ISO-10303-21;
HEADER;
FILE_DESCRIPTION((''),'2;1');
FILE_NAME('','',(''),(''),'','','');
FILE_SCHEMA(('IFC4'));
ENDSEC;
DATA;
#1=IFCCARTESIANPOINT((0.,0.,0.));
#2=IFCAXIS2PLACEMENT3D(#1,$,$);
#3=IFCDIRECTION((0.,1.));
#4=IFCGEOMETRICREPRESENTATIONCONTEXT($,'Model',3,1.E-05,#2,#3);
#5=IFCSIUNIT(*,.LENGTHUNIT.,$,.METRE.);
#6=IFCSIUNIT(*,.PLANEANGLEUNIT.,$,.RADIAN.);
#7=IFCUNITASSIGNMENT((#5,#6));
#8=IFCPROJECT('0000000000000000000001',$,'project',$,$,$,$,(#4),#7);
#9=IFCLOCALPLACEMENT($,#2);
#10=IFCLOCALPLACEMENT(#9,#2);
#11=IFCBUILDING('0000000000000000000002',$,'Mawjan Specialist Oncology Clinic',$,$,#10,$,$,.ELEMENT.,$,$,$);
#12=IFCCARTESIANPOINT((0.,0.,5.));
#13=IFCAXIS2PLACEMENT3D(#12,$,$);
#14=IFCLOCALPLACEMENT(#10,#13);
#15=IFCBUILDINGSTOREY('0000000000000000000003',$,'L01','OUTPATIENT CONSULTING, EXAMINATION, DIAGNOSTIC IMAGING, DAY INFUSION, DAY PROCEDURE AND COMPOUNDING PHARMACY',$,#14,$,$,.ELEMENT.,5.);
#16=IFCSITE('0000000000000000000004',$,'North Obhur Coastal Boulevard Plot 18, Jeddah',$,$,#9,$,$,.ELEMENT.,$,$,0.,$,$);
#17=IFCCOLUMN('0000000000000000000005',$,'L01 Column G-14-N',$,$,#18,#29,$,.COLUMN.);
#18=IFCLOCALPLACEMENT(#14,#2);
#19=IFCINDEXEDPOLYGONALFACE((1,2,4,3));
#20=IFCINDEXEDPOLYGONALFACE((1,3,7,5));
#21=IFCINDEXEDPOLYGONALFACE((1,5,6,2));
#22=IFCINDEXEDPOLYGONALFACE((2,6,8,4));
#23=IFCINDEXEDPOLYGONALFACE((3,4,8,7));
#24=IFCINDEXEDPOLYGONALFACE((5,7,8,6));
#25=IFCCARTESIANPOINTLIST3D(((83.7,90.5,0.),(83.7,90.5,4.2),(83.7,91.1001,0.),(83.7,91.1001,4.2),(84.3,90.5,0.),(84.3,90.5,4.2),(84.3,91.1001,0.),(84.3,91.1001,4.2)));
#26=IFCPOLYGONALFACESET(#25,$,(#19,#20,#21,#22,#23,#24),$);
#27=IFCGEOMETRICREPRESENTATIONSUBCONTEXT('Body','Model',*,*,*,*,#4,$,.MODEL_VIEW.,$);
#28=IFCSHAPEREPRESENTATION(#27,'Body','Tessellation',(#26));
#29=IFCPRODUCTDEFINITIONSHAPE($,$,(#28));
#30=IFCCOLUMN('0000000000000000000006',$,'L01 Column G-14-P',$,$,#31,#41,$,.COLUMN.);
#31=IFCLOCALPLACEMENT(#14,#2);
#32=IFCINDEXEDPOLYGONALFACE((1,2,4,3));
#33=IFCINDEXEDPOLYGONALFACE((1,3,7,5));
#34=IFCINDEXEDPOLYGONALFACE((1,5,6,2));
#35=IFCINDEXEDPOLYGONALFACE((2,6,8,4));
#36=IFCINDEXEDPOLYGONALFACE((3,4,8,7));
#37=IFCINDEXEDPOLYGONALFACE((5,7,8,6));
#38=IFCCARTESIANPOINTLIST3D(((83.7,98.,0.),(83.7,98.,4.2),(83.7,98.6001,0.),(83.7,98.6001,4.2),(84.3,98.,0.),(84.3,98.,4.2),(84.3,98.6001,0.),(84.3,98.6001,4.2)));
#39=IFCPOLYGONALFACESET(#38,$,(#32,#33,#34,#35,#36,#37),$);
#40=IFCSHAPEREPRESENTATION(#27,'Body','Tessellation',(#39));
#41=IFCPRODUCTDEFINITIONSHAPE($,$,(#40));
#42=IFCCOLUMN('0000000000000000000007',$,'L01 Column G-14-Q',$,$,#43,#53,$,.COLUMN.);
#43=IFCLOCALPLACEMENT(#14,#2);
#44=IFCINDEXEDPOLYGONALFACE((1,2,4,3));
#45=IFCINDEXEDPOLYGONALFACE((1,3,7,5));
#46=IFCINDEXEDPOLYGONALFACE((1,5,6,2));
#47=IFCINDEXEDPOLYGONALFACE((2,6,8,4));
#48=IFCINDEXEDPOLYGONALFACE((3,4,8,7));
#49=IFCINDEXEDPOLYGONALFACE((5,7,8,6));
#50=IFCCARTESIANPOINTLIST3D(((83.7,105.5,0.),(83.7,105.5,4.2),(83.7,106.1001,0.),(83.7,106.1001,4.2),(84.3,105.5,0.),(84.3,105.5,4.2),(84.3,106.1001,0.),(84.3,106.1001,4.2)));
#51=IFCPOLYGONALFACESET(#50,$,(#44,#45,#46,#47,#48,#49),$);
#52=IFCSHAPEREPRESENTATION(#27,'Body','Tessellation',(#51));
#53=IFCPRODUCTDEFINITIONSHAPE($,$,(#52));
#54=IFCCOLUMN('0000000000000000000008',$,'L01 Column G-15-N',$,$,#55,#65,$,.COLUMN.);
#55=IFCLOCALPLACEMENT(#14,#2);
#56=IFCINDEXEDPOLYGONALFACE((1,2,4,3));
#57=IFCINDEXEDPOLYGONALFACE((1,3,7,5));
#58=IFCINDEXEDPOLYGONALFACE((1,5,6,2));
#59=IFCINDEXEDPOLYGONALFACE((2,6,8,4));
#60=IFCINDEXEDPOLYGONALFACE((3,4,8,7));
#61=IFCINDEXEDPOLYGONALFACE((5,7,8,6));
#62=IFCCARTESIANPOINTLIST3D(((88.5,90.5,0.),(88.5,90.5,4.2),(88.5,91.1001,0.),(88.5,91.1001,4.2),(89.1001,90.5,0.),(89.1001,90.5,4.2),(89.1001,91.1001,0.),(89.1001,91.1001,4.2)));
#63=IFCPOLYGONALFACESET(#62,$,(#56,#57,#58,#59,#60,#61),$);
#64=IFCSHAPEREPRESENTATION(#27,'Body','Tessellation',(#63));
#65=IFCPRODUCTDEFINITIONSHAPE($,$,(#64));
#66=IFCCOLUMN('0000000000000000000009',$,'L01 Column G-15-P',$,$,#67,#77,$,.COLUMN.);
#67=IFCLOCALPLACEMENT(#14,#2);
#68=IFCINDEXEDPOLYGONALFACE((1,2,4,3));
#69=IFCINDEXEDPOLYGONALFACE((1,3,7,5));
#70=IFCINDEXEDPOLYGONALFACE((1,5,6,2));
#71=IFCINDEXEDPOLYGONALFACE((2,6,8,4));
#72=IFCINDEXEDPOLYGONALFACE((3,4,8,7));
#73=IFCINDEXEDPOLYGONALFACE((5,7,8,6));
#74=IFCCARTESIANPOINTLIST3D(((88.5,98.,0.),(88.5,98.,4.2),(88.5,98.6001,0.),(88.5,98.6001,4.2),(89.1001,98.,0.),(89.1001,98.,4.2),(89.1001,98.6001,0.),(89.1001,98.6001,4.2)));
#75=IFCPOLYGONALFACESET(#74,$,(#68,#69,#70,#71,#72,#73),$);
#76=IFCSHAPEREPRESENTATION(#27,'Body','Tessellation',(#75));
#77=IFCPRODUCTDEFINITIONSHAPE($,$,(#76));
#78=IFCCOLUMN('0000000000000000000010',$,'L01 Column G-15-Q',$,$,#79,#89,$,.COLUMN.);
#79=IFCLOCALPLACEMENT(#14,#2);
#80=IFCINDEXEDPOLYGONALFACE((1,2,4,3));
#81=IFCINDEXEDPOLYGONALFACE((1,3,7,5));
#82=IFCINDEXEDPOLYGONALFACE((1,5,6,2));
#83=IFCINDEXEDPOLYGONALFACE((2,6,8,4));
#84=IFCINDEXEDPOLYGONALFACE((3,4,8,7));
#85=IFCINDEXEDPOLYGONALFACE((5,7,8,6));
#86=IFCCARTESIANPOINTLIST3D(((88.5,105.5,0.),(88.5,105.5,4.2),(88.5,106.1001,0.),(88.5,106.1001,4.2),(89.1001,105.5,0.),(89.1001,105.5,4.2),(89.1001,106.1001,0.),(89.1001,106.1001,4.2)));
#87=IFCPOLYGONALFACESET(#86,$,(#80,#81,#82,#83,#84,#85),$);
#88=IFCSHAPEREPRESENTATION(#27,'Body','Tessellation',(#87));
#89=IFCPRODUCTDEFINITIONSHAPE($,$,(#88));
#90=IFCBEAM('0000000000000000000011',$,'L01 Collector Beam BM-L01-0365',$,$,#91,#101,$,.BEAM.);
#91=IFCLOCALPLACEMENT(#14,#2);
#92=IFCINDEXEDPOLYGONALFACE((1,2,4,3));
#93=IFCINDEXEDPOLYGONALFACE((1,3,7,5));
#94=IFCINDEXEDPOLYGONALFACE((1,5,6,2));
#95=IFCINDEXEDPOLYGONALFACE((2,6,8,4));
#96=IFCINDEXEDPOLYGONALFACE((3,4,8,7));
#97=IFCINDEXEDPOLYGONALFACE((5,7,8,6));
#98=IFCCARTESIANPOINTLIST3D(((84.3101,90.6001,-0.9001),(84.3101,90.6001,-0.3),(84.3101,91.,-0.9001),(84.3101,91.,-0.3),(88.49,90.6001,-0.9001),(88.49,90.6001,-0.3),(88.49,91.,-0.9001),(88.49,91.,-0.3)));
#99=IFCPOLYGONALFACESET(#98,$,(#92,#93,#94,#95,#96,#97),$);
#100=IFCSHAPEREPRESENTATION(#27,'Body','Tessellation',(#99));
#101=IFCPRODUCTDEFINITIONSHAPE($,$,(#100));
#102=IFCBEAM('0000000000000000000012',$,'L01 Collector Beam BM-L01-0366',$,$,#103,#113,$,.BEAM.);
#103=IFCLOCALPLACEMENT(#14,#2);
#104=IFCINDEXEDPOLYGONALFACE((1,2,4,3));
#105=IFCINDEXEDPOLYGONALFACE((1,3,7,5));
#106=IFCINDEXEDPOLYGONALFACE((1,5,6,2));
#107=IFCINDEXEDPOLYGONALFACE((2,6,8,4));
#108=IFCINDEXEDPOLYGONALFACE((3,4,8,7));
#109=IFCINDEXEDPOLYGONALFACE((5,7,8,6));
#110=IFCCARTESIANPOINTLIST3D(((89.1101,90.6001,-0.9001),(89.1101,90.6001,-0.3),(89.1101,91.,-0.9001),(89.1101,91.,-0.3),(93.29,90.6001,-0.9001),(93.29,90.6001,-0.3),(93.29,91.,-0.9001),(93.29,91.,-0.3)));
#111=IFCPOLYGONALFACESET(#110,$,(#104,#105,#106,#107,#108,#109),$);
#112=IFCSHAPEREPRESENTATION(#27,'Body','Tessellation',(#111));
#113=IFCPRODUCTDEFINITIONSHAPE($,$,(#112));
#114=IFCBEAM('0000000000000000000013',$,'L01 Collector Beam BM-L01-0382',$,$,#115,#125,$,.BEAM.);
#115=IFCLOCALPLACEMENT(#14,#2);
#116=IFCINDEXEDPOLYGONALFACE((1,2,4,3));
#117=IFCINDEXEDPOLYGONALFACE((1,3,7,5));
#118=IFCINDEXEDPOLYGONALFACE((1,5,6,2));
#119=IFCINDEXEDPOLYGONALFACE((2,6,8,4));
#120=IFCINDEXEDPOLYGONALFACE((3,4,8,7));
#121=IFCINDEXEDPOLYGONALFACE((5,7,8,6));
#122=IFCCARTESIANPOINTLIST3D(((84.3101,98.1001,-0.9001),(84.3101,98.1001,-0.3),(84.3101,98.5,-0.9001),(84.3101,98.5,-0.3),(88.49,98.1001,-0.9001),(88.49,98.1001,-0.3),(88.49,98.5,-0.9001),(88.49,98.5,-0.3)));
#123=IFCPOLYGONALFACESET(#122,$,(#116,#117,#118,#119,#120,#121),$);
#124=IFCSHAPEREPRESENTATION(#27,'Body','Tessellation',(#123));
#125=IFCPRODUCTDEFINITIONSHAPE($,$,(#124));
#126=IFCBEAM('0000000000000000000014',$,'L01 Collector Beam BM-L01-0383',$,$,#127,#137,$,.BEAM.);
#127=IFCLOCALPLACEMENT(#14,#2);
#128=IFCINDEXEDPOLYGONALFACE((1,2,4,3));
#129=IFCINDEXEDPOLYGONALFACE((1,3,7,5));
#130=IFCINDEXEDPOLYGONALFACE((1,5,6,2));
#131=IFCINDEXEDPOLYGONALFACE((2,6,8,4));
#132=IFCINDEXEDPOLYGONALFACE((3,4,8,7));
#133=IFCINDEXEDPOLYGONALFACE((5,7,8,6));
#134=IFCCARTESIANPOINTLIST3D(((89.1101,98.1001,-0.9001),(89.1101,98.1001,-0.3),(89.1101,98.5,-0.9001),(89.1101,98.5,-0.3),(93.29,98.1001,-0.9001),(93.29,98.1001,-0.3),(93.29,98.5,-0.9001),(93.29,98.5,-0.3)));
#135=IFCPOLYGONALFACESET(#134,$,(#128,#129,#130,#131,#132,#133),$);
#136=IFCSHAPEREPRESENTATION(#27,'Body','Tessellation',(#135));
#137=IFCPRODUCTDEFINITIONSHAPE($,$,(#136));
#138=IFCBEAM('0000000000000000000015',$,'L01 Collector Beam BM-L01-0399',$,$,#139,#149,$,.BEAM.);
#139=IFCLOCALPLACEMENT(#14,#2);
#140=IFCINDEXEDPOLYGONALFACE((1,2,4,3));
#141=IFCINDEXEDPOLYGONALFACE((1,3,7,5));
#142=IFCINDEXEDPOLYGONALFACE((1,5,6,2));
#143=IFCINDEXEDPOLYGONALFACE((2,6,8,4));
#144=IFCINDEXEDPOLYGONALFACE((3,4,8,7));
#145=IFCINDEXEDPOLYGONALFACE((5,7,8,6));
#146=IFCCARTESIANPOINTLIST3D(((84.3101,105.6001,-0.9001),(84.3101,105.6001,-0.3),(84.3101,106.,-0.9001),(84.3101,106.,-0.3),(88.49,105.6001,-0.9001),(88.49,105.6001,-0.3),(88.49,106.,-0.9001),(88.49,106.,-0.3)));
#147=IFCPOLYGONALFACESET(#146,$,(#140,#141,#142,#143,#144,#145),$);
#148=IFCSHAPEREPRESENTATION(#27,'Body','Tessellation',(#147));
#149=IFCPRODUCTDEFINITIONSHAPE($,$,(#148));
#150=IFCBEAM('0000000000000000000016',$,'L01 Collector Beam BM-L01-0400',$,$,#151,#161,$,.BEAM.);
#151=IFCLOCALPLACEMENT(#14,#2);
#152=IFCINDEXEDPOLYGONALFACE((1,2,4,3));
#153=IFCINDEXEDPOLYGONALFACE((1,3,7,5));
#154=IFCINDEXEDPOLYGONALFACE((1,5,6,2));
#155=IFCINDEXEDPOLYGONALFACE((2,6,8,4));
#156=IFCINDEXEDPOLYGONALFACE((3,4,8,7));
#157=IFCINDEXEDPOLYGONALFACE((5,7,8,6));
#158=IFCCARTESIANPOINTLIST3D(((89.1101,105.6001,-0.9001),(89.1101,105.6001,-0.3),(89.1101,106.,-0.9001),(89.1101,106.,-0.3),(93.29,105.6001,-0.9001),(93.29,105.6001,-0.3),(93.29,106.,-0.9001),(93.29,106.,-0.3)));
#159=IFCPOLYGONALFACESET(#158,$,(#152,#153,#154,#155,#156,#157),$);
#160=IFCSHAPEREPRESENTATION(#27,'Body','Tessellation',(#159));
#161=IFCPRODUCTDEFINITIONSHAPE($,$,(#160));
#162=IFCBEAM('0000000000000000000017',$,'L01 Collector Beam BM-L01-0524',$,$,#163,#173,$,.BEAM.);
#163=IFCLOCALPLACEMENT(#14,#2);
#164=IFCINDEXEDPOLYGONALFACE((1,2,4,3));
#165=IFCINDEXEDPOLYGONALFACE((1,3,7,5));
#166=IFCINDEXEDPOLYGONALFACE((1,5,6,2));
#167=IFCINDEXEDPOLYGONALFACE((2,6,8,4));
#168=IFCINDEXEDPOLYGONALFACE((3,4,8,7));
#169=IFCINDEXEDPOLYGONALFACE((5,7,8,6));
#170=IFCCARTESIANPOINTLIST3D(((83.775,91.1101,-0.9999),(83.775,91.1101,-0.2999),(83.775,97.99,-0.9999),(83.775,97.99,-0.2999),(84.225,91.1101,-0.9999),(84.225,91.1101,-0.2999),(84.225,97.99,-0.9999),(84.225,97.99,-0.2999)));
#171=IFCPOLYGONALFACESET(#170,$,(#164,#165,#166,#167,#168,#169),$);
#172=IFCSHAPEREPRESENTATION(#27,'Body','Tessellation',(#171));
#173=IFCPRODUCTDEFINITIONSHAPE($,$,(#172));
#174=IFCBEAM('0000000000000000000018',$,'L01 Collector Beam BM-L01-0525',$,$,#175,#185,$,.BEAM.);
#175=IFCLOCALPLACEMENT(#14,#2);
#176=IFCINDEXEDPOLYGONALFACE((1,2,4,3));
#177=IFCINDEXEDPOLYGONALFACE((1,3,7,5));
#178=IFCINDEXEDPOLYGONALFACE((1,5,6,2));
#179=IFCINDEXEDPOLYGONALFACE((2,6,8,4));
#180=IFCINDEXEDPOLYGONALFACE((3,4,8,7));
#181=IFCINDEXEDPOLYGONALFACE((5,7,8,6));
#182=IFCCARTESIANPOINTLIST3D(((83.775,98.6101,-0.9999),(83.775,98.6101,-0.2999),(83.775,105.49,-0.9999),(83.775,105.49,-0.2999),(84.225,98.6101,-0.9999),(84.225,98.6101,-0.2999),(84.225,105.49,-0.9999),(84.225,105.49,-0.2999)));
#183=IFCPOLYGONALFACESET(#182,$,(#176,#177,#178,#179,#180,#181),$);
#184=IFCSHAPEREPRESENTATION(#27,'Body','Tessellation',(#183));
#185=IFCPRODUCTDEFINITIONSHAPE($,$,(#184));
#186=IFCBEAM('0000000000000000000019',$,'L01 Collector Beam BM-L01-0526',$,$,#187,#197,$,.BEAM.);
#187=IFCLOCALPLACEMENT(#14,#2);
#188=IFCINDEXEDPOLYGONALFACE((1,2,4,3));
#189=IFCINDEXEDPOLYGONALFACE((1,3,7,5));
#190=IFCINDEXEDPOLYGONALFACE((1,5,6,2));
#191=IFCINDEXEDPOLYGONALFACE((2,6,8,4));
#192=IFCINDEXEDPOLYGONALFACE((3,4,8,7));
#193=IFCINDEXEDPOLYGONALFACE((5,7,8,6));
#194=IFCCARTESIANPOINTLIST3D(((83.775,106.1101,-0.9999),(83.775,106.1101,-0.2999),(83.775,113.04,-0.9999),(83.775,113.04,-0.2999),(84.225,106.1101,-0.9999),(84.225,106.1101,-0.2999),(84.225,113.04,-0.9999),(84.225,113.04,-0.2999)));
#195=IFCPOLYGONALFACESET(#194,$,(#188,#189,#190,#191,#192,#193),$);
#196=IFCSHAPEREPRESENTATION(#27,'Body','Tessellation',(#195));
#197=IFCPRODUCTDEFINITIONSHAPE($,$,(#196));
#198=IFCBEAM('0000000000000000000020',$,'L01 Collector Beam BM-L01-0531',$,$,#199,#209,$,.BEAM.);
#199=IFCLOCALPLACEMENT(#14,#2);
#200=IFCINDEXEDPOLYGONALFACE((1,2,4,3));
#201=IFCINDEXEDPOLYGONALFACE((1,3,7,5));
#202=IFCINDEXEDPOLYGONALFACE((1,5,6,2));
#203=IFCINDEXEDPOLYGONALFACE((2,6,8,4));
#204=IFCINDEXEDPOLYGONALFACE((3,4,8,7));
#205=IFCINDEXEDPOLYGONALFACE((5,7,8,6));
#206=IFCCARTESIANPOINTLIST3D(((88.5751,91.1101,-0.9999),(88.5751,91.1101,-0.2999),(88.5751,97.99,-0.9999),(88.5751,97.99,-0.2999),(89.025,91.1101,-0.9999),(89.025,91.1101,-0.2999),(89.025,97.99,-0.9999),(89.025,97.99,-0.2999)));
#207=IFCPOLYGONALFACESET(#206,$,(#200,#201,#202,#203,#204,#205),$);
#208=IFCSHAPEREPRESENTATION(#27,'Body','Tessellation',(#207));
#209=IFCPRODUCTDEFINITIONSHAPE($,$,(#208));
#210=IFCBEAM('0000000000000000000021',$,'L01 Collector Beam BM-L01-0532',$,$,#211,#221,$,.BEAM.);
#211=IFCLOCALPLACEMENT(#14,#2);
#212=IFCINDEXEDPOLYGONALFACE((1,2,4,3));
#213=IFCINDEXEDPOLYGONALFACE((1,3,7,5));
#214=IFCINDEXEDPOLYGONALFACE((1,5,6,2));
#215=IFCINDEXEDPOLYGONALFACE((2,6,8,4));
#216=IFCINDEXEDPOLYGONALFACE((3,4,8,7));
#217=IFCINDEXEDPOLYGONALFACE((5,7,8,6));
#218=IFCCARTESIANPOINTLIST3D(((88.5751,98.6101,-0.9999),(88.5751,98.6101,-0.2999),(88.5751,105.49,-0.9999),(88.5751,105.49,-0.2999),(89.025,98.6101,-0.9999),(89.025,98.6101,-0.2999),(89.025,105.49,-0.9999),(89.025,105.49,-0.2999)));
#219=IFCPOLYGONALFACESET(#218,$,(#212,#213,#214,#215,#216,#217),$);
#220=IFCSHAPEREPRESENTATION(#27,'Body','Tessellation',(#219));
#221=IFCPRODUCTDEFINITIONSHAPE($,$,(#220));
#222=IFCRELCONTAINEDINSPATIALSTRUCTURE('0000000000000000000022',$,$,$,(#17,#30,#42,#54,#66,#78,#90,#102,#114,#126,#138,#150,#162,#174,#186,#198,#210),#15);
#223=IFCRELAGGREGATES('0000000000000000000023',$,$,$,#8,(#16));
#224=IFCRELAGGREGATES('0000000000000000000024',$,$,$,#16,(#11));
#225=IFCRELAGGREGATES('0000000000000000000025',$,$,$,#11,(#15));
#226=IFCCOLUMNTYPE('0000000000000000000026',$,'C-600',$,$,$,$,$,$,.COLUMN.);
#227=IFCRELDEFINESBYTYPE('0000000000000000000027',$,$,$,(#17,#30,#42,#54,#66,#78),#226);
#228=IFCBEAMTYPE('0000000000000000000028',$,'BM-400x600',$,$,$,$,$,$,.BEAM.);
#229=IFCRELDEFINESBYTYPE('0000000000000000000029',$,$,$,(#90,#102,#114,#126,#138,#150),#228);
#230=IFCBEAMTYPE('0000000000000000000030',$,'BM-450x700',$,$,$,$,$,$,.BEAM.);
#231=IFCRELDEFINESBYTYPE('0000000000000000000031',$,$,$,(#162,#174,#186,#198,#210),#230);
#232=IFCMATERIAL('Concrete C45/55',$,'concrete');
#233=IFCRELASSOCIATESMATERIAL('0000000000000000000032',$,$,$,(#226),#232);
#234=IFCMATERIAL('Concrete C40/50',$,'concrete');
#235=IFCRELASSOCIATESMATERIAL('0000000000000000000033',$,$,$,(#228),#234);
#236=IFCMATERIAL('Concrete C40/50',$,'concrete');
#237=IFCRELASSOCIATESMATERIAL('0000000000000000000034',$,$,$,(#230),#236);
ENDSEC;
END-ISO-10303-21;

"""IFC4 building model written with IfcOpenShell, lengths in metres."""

from ifc_helpers import new_model, si_unit, direction, frame, origin, origin_2d, place, context, subcontext, project, spatial, rectangle, extrude, material, material_profile, profile_set, type_object, element, save


model = new_model("IFC4")

# Units and contexts
model_context = context("Model", 3, precision=1e-05, world=origin(), true_north=direction((0.0, 1.0)))
body_context = subcontext(model_context, "Body", "Model", "MODEL_VIEW")
ifc_project = project(units=[si_unit("LENGTHUNIT", "METRE"), si_unit("PLANEANGLEUNIT", "RADIAN")], contexts=[model_context])

# Site, building, storey
site_placement = place(None, origin())
site = spatial("IfcSite", under=ifc_project, at=site_placement, Name="North Obhur Coastal Boulevard Plot 18, Jeddah", CompositionType="ELEMENT", RefElevation=0.0)
building_placement = place(site_placement, origin())
building = spatial("IfcBuilding", under=site, at=building_placement, Name="Mawjan Specialist Oncology Clinic", CompositionType="ELEMENT")
storey_placement = place(building_placement, frame((0.0, 0.0, 5.0)))
storey = spatial("IfcBuildingStorey", under=building, at=storey_placement, Name="L01", Description="OUTPATIENT CONSULTING, EXAMINATION, DIAGNOSTIC IMAGING, DAY INFUSION, DAY PROCEDURE AND COMPOUNDING PHARMACY", CompositionType="ELEMENT", Elevation=5.0)

# Columns
ifc_material_1 = material(Name="Concrete C45/55", Category="concrete")
ifc_material_profile_1 = material_profile(ifc_material_1, rectangle(XDim=0.6001, YDim=0.6001, at=origin_2d()), Name="RC COL 600x600", Category="concrete")
ifc_profile_set_1 = profile_set([ifc_material_profile_1], Name="Concrete C45/55")
column_type = type_object("IfcColumnType", Name="C-600", PredefinedType="COLUMN", material=ifc_profile_set_1)
for number, where, z_axis, x_axis, name in (
    (1, (84.0, 90.8, 0.0), (0.0, 0.0, 1.0), (1.0, 0.0, 0.0), "L01 Column G-14-N"),
    (2, (84.0, 98.3, 0.0), (0.0, 0.0, 1.0), (1.0, 0.0, 0.0), "L01 Column G-14-P"),
    (3, (84.0, 105.8, 0.0), (0.0, 0.0, 1.0), (1.0, 0.0, 0.0), "L01 Column G-14-Q"),
    (4, (88.8, 90.8, 0.0), (0.0, 0.0, 1.0), (1.0, 0.0, 0.0), "L01 Column G-15-N"),
    (5, (88.8, 98.3, 0.0), (0.0, 0.0, 1.0), (1.0, 0.0, 0.0), "L01 Column G-15-P"),
    (6, (88.8, 105.8, 0.0), (0.0, 0.0, 1.0), (1.0, 0.0, 0.0), "L01 Column G-15-Q"),
):
    element("IfcColumn", number, at=place(storey_placement, frame(where, z_axis=z_axis, x_axis=x_axis)), inside=storey, type_object=column_type, Name=name, PredefinedType="COLUMN", context=body_context, shape_type="SweptSolid", body=[
        extrude(rectangle(XDim=0.6001, YDim=0.6001, at=origin_2d()), origin(), (0.0, 0.0, 1.0), 4.2),
    ])

# Beams
ifc_material_2 = material(Name="Concrete C40/50", Category="concrete")
ifc_material_profile_2 = material_profile(ifc_material_2, rectangle(XDim=0.3999, YDim=0.6001, at=origin_2d()), Name="RC BM 400x600", Category="concrete")
ifc_profile_set_2 = profile_set([ifc_material_profile_2], Name="Concrete C40/50")
beam_type_1 = type_object("IfcBeamType", Name="BM-400x600", PredefinedType="BEAM", material=ifc_profile_set_2)
for number, where, z_axis, x_axis, name in (
    (7, (84.3101, 90.8, -0.6001), (1.0, 0.0, 0.0), (0.0, 1.0, 0.0), "L01 Collector Beam BM-L01-0365"),
    (8, (89.1101, 90.8, -0.6001), (1.0, 0.0, 0.0), (0.0, 1.0, 0.0), "L01 Collector Beam BM-L01-0366"),
    (9, (84.3101, 98.3, -0.6001), (1.0, 0.0, 0.0), (0.0, 1.0, 0.0), "L01 Collector Beam BM-L01-0382"),
    (10, (89.1101, 98.3, -0.6001), (1.0, 0.0, 0.0), (0.0, 1.0, 0.0), "L01 Collector Beam BM-L01-0383"),
    (11, (84.3101, 105.8, -0.6001), (1.0, 0.0, 0.0), (0.0, 1.0, 0.0), "L01 Collector Beam BM-L01-0399"),
    (12, (89.1101, 105.8, -0.6001), (1.0, 0.0, 0.0), (0.0, 1.0, 0.0), "L01 Collector Beam BM-L01-0400"),
):
    element("IfcBeam", number, at=place(storey_placement, frame(where, z_axis=z_axis, x_axis=x_axis)), inside=storey, type_object=beam_type_1, Name=name, PredefinedType="BEAM", context=body_context, shape_type="SweptSolid", body=[
        extrude(rectangle(XDim=0.3999, YDim=0.6001, at=origin_2d()), origin(), (0.0, 0.0, 1.0), 4.1799),
    ])
ifc_material_3 = material(Name="Concrete C40/50", Category="concrete")
ifc_material_profile_3 = material_profile(ifc_material_3, rectangle(XDim=0.45, YDim=0.7, at=origin_2d()), Name="RC BM 450x700", Category="concrete")
ifc_profile_set_3 = profile_set([ifc_material_profile_3], Name="Concrete C40/50")
beam_type_2 = type_object("IfcBeamType", Name="BM-450x700", PredefinedType="BEAM", material=ifc_profile_set_3)
for number, where, z_axis, x_axis, name in (
    (13, (84.0, 91.1101, -0.6499), (0.0, 1.0, 0.0), (-1.0, 0.0, 0.0), "L01 Collector Beam BM-L01-0524"),
    (14, (84.0, 98.6101, -0.6499), (0.0, 1.0, 0.0), (-1.0, 0.0, 0.0), "L01 Collector Beam BM-L01-0525"),
):
    element("IfcBeam", number, at=place(storey_placement, frame(where, z_axis=z_axis, x_axis=x_axis)), inside=storey, type_object=beam_type_2, Name=name, PredefinedType="BEAM", context=body_context, shape_type="SweptSolid", body=[
        extrude(rectangle(XDim=0.45, YDim=0.7, at=origin_2d()), origin(), (0.0, 0.0, 1.0), 6.8799),
    ])
beam_1_placement = place(storey_placement, frame((84.0, 106.1101, -0.6499), z_axis=(0.0, 1.0, 0.0), x_axis=(-1.0, 0.0, 0.0)))
element("IfcBeam", 15, at=beam_1_placement, inside=storey, type_object=beam_type_2, Name="L01 Collector Beam BM-L01-0526", PredefinedType="BEAM", context=body_context, shape_type="SweptSolid", body=[
    extrude(rectangle(XDim=0.45, YDim=0.7, at=origin_2d()), origin(), (0.0, 0.0, 1.0), 6.9299),
])
for number, where, z_axis, x_axis, name in (
    (16, (88.8, 91.1101, -0.6499), (0.0, 1.0, 0.0), (-1.0, 0.0, 0.0), "L01 Collector Beam BM-L01-0531"),
    (17, (88.8, 98.6101, -0.6499), (0.0, 1.0, 0.0), (-1.0, 0.0, 0.0), "L01 Collector Beam BM-L01-0532"),
):
    element("IfcBeam", number, at=place(storey_placement, frame(where, z_axis=z_axis, x_axis=x_axis)), inside=storey, type_object=beam_type_2, Name=name, PredefinedType="BEAM", context=body_context, shape_type="SweptSolid", body=[
        extrude(rectangle(XDim=0.45, YDim=0.7, at=origin_2d()), origin(), (0.0, 0.0, 1.0), 6.8799),
    ])

save(model, "model.ifc")
